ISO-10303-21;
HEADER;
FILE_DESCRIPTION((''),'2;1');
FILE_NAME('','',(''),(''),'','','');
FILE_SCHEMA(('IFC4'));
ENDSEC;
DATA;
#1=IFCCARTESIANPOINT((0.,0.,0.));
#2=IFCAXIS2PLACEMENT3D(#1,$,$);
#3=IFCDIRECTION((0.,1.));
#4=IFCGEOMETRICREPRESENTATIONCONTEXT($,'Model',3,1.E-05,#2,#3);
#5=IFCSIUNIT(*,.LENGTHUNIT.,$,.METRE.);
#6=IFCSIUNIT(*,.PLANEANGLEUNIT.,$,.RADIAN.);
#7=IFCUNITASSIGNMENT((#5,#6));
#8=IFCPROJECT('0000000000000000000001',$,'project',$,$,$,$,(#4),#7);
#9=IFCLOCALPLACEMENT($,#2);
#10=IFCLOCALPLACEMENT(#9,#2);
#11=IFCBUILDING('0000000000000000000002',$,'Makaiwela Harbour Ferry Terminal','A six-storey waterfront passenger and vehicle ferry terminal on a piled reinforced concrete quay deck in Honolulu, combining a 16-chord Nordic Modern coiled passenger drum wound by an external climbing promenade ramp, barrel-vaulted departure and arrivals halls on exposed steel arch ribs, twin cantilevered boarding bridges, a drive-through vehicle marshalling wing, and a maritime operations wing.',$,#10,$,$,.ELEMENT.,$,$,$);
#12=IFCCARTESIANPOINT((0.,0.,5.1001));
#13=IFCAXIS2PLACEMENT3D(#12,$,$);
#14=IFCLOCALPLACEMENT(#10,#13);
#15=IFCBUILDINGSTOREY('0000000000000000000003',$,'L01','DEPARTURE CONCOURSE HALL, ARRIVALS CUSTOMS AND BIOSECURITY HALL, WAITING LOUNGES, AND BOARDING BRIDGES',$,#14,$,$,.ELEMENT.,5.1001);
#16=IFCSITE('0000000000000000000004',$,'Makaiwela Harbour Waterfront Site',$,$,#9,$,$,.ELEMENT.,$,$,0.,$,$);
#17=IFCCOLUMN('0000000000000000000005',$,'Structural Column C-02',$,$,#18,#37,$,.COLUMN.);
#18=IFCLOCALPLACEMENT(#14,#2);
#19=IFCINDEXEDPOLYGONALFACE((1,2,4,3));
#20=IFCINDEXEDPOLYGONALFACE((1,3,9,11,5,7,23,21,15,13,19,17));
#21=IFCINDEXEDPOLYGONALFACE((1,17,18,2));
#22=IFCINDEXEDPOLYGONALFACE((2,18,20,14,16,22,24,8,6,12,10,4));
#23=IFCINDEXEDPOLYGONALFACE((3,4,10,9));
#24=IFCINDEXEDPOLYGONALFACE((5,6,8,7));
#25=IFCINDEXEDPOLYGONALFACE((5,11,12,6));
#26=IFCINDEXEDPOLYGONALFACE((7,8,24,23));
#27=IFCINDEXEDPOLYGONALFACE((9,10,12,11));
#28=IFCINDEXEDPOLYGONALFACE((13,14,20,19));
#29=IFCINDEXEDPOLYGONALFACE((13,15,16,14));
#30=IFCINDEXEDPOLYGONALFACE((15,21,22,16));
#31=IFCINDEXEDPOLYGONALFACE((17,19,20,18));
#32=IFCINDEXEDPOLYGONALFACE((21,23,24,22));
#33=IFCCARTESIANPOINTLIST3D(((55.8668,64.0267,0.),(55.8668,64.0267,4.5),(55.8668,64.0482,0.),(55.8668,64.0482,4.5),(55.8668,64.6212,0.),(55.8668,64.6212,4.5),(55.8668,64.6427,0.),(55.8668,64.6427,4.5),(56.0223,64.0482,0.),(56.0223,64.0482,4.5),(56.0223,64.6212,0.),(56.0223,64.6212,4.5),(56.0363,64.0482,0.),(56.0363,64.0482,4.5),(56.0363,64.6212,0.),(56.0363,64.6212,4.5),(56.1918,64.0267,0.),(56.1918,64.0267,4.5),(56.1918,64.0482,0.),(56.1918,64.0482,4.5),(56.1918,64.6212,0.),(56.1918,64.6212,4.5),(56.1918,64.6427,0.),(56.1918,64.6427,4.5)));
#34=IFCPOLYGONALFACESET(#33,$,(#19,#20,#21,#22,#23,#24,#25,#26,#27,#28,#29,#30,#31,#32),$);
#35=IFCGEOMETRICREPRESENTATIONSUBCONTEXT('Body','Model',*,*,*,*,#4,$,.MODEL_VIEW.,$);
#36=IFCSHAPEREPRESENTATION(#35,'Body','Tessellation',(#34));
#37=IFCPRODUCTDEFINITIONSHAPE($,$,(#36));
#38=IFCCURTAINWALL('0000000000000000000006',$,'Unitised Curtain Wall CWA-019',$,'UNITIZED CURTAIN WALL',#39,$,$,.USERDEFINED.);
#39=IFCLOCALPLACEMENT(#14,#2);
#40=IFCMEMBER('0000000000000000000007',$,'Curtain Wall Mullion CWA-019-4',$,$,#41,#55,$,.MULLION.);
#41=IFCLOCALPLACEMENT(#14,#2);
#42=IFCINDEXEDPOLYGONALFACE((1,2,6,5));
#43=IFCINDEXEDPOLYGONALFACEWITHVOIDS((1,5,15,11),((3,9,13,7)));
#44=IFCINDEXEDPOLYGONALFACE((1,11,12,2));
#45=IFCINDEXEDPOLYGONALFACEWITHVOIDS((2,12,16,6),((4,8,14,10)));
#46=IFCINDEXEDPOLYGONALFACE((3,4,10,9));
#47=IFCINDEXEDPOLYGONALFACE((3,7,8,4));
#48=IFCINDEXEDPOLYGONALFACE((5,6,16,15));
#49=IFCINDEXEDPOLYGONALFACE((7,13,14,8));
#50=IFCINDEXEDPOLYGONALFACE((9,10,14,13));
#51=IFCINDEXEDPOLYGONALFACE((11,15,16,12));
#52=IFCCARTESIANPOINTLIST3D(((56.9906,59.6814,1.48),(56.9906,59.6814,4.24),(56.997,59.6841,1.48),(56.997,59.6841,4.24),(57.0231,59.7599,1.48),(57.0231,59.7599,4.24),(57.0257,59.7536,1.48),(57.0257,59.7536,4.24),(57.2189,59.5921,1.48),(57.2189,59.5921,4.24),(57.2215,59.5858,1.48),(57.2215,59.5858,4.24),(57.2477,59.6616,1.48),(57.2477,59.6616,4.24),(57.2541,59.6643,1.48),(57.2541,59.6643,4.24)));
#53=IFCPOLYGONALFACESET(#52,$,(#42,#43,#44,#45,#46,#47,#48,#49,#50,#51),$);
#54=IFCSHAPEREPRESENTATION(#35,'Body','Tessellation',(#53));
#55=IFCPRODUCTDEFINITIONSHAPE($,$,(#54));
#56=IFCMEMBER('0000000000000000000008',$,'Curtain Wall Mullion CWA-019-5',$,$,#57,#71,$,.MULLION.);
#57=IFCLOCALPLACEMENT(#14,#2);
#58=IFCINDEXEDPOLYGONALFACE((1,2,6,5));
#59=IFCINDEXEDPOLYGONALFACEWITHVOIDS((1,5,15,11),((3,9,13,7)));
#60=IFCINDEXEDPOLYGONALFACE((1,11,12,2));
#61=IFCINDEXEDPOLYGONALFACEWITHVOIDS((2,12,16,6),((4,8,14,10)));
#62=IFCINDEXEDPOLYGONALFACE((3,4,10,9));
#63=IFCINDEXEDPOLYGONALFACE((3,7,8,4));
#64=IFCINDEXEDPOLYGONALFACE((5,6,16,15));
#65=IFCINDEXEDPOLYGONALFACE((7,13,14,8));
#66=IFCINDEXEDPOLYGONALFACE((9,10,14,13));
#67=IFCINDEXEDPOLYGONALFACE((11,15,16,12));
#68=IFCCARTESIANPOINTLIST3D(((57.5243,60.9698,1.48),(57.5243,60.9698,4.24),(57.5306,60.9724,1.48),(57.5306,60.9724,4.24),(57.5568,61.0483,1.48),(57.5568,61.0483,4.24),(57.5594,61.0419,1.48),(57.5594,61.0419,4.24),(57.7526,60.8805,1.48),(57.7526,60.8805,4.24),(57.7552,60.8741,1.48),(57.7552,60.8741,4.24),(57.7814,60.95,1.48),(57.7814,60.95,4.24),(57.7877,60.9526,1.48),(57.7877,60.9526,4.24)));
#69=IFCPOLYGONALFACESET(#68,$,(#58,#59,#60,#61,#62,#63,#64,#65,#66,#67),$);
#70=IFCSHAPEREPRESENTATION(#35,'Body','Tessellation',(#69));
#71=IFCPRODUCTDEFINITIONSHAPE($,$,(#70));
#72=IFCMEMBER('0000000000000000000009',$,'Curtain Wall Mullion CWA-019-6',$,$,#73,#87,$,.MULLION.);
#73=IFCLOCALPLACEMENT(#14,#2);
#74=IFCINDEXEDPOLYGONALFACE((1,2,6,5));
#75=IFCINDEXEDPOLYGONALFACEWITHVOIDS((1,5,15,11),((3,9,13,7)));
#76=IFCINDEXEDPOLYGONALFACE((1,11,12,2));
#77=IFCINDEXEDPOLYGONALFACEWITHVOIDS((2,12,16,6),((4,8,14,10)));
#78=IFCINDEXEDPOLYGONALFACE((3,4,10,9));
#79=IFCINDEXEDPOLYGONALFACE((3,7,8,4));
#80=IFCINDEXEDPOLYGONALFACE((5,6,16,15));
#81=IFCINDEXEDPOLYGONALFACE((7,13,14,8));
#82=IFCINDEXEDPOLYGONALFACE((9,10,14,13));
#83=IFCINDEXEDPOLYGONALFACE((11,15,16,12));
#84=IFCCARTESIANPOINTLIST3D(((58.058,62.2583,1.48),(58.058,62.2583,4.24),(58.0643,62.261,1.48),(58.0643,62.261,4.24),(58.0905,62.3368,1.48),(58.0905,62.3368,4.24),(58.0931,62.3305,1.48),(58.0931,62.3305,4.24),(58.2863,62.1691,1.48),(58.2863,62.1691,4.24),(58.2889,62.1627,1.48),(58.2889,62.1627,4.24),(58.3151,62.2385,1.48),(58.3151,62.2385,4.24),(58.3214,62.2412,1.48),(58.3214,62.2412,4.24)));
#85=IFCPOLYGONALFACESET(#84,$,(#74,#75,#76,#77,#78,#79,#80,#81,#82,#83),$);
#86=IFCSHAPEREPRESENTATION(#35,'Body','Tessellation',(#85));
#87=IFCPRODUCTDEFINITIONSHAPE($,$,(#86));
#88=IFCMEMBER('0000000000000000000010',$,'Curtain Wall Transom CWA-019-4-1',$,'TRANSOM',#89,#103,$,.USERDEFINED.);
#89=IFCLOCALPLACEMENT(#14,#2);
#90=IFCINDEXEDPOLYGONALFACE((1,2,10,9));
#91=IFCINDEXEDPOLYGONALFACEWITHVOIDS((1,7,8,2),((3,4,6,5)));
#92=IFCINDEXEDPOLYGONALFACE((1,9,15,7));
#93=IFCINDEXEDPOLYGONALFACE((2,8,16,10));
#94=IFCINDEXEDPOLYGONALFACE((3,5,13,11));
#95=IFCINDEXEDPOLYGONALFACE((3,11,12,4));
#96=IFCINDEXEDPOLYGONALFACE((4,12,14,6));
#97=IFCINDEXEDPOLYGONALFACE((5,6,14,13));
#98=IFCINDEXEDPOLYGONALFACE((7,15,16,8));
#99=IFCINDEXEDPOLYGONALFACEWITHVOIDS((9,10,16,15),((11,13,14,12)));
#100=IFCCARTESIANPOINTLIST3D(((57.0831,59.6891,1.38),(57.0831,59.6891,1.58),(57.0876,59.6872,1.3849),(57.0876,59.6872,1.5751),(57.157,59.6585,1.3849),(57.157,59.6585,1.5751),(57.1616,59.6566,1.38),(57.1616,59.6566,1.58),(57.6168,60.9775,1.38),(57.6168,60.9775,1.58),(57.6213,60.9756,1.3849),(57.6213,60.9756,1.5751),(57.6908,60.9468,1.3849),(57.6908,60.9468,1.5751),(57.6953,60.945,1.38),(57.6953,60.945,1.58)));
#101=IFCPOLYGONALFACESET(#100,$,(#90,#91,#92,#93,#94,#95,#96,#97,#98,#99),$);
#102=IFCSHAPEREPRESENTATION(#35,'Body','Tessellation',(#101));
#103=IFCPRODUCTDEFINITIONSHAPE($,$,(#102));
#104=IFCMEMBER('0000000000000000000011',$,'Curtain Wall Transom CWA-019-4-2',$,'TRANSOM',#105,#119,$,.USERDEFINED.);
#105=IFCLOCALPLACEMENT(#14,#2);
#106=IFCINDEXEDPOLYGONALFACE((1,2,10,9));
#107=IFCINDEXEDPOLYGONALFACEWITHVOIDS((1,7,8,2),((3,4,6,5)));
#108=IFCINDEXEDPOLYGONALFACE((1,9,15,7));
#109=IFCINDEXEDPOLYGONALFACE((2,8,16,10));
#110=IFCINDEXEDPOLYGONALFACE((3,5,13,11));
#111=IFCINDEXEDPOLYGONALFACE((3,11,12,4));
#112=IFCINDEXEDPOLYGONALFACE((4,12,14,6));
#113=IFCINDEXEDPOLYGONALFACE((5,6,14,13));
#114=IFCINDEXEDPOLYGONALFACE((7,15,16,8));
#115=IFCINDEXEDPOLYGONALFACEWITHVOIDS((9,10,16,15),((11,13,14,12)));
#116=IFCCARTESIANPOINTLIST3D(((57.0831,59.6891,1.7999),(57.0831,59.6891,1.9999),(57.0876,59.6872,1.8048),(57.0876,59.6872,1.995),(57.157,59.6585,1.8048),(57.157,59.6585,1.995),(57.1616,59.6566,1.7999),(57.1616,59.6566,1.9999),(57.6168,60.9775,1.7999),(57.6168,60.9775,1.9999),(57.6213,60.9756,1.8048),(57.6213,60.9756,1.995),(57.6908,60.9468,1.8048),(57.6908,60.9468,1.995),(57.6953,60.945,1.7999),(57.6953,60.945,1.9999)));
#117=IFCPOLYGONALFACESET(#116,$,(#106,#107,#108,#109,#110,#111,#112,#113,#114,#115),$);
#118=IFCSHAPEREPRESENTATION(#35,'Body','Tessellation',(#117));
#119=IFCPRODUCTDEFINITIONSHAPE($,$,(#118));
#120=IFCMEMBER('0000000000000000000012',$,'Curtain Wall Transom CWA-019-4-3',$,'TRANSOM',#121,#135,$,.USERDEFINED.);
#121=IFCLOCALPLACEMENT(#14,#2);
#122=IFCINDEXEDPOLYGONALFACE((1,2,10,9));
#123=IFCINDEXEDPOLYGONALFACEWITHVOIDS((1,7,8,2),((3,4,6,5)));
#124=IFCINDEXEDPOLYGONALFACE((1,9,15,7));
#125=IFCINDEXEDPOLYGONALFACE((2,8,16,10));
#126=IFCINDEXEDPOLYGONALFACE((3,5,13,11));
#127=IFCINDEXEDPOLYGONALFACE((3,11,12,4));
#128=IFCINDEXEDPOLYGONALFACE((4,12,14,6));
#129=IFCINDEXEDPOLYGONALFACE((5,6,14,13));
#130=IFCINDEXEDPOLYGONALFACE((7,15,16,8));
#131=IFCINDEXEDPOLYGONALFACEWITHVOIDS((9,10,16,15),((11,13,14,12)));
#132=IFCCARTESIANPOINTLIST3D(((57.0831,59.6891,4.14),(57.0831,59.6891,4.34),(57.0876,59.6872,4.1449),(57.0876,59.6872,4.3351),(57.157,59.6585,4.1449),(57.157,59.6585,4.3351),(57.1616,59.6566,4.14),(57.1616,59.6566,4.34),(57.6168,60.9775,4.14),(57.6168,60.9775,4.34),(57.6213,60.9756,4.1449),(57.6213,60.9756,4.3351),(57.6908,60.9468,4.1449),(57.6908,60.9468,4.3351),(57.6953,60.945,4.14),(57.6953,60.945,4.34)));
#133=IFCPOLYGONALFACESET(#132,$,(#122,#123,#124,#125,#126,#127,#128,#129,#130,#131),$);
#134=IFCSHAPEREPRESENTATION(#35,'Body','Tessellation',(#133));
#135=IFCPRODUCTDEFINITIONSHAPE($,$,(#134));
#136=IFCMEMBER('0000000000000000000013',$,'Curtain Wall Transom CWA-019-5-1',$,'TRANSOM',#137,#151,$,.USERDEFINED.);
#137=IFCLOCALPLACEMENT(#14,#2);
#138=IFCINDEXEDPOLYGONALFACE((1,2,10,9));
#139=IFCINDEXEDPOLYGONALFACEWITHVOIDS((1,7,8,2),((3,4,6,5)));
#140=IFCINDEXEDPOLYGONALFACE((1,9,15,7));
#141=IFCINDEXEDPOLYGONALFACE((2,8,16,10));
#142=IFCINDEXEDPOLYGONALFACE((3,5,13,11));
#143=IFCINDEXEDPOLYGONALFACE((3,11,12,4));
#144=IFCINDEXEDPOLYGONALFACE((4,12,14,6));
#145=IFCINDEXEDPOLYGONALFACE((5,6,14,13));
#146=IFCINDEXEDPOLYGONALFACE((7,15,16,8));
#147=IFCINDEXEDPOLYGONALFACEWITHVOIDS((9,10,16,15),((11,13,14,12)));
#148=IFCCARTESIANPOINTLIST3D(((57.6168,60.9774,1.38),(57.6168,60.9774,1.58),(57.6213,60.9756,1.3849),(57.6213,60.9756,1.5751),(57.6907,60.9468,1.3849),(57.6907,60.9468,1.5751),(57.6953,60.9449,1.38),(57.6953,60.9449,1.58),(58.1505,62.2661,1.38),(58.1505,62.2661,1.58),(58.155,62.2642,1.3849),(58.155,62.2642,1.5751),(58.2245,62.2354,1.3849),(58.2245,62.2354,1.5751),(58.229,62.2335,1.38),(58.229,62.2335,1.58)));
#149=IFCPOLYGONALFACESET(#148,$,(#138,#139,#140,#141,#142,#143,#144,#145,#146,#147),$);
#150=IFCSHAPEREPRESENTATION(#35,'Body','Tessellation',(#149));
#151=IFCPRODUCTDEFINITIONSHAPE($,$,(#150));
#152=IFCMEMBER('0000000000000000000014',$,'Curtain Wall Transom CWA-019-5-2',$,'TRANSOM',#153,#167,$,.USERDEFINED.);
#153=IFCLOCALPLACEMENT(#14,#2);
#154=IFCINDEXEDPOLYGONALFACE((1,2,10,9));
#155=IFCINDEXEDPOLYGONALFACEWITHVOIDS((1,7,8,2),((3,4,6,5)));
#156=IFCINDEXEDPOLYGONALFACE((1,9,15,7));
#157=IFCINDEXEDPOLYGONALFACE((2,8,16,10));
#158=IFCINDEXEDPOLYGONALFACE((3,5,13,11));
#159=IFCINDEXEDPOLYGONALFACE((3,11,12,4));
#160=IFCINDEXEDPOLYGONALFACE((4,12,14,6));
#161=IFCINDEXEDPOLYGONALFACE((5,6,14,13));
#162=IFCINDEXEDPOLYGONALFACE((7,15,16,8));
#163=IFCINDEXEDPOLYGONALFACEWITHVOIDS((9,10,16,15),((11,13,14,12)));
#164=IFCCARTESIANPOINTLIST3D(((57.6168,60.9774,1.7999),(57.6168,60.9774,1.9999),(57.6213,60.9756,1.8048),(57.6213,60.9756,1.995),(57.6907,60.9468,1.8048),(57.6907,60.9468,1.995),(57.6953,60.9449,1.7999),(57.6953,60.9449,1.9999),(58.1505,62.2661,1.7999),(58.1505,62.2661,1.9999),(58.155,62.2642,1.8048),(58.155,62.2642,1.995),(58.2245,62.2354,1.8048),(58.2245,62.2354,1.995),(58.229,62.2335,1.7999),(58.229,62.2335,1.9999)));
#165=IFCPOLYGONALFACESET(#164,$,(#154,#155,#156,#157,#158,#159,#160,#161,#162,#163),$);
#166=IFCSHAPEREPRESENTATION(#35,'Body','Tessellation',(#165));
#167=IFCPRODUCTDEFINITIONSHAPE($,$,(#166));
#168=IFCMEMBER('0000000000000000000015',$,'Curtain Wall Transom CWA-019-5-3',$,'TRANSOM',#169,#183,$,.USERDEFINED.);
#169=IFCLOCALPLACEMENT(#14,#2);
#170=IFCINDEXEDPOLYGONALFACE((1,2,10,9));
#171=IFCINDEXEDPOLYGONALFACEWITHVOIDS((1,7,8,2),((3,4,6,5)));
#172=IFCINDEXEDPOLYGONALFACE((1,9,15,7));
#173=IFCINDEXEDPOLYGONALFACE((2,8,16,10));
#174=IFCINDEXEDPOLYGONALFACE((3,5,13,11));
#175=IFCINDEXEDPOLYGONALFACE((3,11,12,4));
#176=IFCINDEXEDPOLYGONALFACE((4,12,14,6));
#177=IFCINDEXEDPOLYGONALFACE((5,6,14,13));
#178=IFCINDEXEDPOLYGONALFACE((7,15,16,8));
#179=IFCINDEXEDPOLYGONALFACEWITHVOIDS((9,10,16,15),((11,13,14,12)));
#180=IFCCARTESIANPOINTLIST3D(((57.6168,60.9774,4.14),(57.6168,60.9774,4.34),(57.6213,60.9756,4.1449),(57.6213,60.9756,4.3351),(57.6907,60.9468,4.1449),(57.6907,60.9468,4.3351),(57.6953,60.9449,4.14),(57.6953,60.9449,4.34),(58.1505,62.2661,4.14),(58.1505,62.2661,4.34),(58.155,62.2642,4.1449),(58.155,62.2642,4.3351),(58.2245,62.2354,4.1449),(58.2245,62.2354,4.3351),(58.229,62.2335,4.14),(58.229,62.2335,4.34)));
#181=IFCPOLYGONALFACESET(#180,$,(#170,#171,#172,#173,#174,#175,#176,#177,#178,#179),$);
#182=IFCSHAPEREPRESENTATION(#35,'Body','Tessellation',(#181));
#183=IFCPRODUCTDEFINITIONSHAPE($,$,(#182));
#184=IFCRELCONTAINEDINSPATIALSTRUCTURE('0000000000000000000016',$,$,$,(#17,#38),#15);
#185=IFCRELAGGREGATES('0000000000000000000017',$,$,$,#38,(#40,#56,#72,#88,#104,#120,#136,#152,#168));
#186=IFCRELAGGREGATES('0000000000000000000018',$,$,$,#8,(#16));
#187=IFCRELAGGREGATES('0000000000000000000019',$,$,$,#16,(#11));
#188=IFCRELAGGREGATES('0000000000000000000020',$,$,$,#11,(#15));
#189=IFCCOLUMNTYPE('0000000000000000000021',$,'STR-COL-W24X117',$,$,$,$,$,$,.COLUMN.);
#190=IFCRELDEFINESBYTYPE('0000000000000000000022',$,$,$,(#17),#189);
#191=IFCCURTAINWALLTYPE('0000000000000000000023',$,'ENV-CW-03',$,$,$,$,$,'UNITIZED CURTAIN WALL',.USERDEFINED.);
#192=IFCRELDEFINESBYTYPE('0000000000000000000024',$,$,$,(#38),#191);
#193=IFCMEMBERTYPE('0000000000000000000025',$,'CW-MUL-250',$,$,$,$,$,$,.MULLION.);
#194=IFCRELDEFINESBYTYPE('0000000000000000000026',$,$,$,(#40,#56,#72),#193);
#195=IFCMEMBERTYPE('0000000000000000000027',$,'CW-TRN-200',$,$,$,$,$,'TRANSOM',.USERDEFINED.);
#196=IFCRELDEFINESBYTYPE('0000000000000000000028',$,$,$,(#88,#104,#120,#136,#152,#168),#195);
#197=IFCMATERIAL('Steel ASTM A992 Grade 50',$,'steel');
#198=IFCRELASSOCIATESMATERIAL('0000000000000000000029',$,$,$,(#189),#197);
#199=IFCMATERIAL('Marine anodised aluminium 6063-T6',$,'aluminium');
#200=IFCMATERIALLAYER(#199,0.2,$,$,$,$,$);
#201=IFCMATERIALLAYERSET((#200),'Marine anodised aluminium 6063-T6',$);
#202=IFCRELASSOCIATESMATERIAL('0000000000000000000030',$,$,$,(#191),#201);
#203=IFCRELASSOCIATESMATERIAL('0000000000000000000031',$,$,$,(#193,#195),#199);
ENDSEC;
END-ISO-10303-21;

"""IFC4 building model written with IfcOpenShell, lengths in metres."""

from ifc_helpers import new_model, si_unit, direction, frame, origin, origin_2d, place, context, subcontext, project, spatial, hollow_rectangle, i_section, extrude, material, layer, layer_set, material_profile, profile_set, type_object, element, aggregate, save


model = new_model("IFC4")

# Units and contexts
model_context = context("Model", 3, precision=1e-05, world=origin(), true_north=direction((0.0, 1.0)))
body_context = subcontext(model_context, "Body", "Model", "MODEL_VIEW")
ifc_project = project(units=[si_unit("LENGTHUNIT", "METRE"), si_unit("PLANEANGLEUNIT", "RADIAN")], contexts=[model_context])

# Site, building, storey
site_placement = place(None, origin())
site = spatial("IfcSite", under=ifc_project, at=site_placement, Name="Makaiwela Harbour Waterfront Site", CompositionType="ELEMENT", RefElevation=0.0)
building_placement = place(site_placement, origin())
building = spatial("IfcBuilding", under=site, at=building_placement, Name="Makaiwela Harbour Ferry Terminal", Description="A six-storey waterfront passenger and vehicle ferry terminal on a piled reinforced concrete quay deck in Honolulu, combining a 16-chord Nordic Modern coiled passenger drum wound by an external climbing promenade ramp, barrel-vaulted departure and arrivals halls on exposed steel arch ribs, twin cantilevered boarding bridges, a drive-through vehicle marshalling wing, and a maritime operations wing.", CompositionType="ELEMENT")
storey_placement = place(building_placement, frame((0.0, 0.0, 5.1001)))
storey = spatial("IfcBuildingStorey", under=building, at=storey_placement, Name="L01", Description="DEPARTURE CONCOURSE HALL, ARRIVALS CUSTOMS AND BIOSECURITY HALL, WAITING LOUNGES, AND BOARDING BRIDGES", CompositionType="ELEMENT", Elevation=5.1001)

# Column
ifc_material_1 = material(Name="Steel ASTM A992 Grade 50", Category="steel")
ifc_material_profile_1 = material_profile(ifc_material_1, i_section(OverallWidth=0.325, OverallDepth=0.616, WebThickness=0.0139, FlangeThickness=0.0215, at=origin_2d()), Name="W24X117")
ifc_profile_set_1 = profile_set([ifc_material_profile_1], Name="Steel ASTM A992 Grade 50")
column_type = type_object("IfcColumnType", Name="STR-COL-W24X117", PredefinedType="COLUMN", material=ifc_profile_set_1)
column_placement = place(storey_placement, frame((56.0293, 64.3347, 0.0), z_axis=(0.0, 0.0, 1.0), x_axis=(1.0, 0.0, 0.0)))
element("IfcColumn", 1, at=column_placement, inside=storey, type_object=column_type, Name="Structural Column C-02", PredefinedType="COLUMN", context=body_context, shape_type="SweptSolid", body=[
    extrude(i_section(OverallWidth=0.325, OverallDepth=0.616, WebThickness=0.0139, FlangeThickness=0.0215, at=origin_2d()), origin(), (0.0, 0.0, 1.0), 4.5),
])

# Curtain wall, members
ifc_material_2 = material(Name="Marine anodised aluminium 6063-T6", Category="aluminium")
ifc_layer_1 = layer(ifc_material_2, 0.2)
ifc_layer_set_1 = layer_set([ifc_layer_1], Name="Marine anodised aluminium 6063-T6")
curtain_wall_type = type_object("IfcCurtainWallType", Name="ENV-CW-03", ElementType="UNITIZED CURTAIN WALL", PredefinedType="USERDEFINED", material=ifc_layer_set_1)
curtain_wall_placement = place(storey_placement, origin())
curtain_wall = element("IfcCurtainWall", 2, at=curtain_wall_placement, inside=storey, type_object=curtain_wall_type, Name="Unitised Curtain Wall CWA-019", ObjectType="UNITIZED CURTAIN WALL", PredefinedType="USERDEFINED")
ifc_material_profile_2 = material_profile(ifc_material_2, hollow_rectangle(XDim=0.085, YDim=0.25, WallThickness=0.0049, at=origin_2d()), Name="CWM-250X85")
ifc_profile_set_2 = profile_set([ifc_material_profile_2], Name="Marine anodised aluminium 6063-T6")
member_type_1 = type_object("IfcMemberType", Name="CW-MUL-250", PredefinedType="MULLION", material=ifc_profile_set_2)
member_1_placement = place(storey_placement, frame((57.1223, 59.6729, 1.48), z_axis=(0.0, 0.0, 1.0), x_axis=(0.382683, 0.92388, 0.0)))
member_1 = element("IfcMember", 3, at=member_1_placement, type_object=member_type_1, Name="Curtain Wall Mullion CWA-019-4", PredefinedType="MULLION", context=body_context, shape_type="SweptSolid", body=[
    extrude(hollow_rectangle(XDim=0.085, YDim=0.25, WallThickness=0.0049, at=origin_2d()), origin(), (0.0, 0.0, 1.0), 2.76),
])
member_2_placement = place(storey_placement, frame((57.656, 60.9612, 1.48), z_axis=(0.0, 0.0, 1.0), x_axis=(0.382683, 0.92388, 0.0)))
member_2 = element("IfcMember", 4, at=member_2_placement, type_object=member_type_1, Name="Curtain Wall Mullion CWA-019-5", PredefinedType="MULLION", context=body_context, shape_type="SweptSolid", body=[
    extrude(hollow_rectangle(XDim=0.085, YDim=0.25, WallThickness=0.0049, at=origin_2d()), origin(), (0.0, 0.0, 1.0), 2.76),
])
member_3_placement = place(storey_placement, frame((58.1897, 62.2498, 1.48), z_axis=(0.0, 0.0, 1.0), x_axis=(0.382683, 0.92388, 0.0)))
member_3 = element("IfcMember", 5, at=member_3_placement, type_object=member_type_1, Name="Curtain Wall Mullion CWA-019-6", PredefinedType="MULLION", context=body_context, shape_type="SweptSolid", body=[
    extrude(hollow_rectangle(XDim=0.085, YDim=0.25, WallThickness=0.0049, at=origin_2d()), origin(), (0.0, 0.0, 1.0), 2.76),
])
ifc_material_profile_3 = material_profile(ifc_material_2, hollow_rectangle(XDim=0.085, YDim=0.2, WallThickness=0.0049, at=origin_2d()), Name="CWT-200X85")
ifc_profile_set_3 = profile_set([ifc_material_profile_3], Name="Marine anodised aluminium 6063-T6")
member_type_2 = type_object("IfcMemberType", Name="CW-TRN-200", ElementType="TRANSOM", PredefinedType="USERDEFINED", material=ifc_profile_set_3)
member_4_placement = place(storey_placement, frame((57.1223, 59.6729, 1.48), z_axis=(0.382713, 0.923867, 0.0), x_axis=(-0.923867, 0.382713, 0.0)))
member_4 = element("IfcMember", 6, at=member_4_placement, type_object=member_type_2, Name="Curtain Wall Transom CWA-019-4-1", ObjectType="TRANSOM", PredefinedType="USERDEFINED", context=body_context, shape_type="SweptSolid", body=[
    extrude(hollow_rectangle(XDim=0.085, YDim=0.2, WallThickness=0.0049, at=origin_2d()), origin(), (0.0, 0.0, 1.0), 1.3945),
])
member_5_placement = place(storey_placement, frame((57.1223, 59.6729, 1.8999), z_axis=(0.382713, 0.923867, 0.0), x_axis=(-0.923867, 0.382713, 0.0)))
member_5 = element("IfcMember", 7, at=member_5_placement, type_object=member_type_2, Name="Curtain Wall Transom CWA-019-4-2", ObjectType="TRANSOM", PredefinedType="USERDEFINED", context=body_context, shape_type="SweptSolid", body=[
    extrude(hollow_rectangle(XDim=0.085, YDim=0.2, WallThickness=0.0049, at=origin_2d()), origin(), (0.0, 0.0, 1.0), 1.3945),
])
member_6_placement = place(storey_placement, frame((57.1223, 59.6729, 4.24), z_axis=(0.382713, 0.923867, 0.0), x_axis=(-0.923867, 0.382713, 0.0)))
member_6 = element("IfcMember", 8, at=member_6_placement, type_object=member_type_2, Name="Curtain Wall Transom CWA-019-4-3", ObjectType="TRANSOM", PredefinedType="USERDEFINED", context=body_context, shape_type="SweptSolid", body=[
    extrude(hollow_rectangle(XDim=0.085, YDim=0.2, WallThickness=0.0049, at=origin_2d()), origin(), (0.0, 0.0, 1.0), 1.3945),
])
member_7_placement = place(storey_placement, frame((57.656, 60.9612, 1.48), z_axis=(0.382651, 0.923893, 0.0), x_axis=(-0.923893, 0.382651, 0.0)))
member_7 = element("IfcMember", 9, at=member_7_placement, type_object=member_type_2, Name="Curtain Wall Transom CWA-019-5-1", ObjectType="TRANSOM", PredefinedType="USERDEFINED", context=body_context, shape_type="SweptSolid", body=[
    extrude(hollow_rectangle(XDim=0.085, YDim=0.2, WallThickness=0.0049, at=origin_2d()), origin(), (0.0, 0.0, 1.0), 1.3948),
])
member_8_placement = place(storey_placement, frame((57.656, 60.9612, 1.8999), z_axis=(0.382651, 0.923893, 0.0), x_axis=(-0.923893, 0.382651, 0.0)))
member_8 = element("IfcMember", 10, at=member_8_placement, type_object=member_type_2, Name="Curtain Wall Transom CWA-019-5-2", ObjectType="TRANSOM", PredefinedType="USERDEFINED", context=body_context, shape_type="SweptSolid", body=[
    extrude(hollow_rectangle(XDim=0.085, YDim=0.2, WallThickness=0.0049, at=origin_2d()), origin(), (0.0, 0.0, 1.0), 1.3948),
])
member_9_placement = place(storey_placement, frame((57.656, 60.9612, 4.24), z_axis=(0.382651, 0.923893, 0.0), x_axis=(-0.923893, 0.382651, 0.0)))
member_9 = element("IfcMember", 11, at=member_9_placement, type_object=member_type_2, Name="Curtain Wall Transom CWA-019-5-3", ObjectType="TRANSOM", PredefinedType="USERDEFINED", context=body_context, shape_type="SweptSolid", body=[
    extrude(hollow_rectangle(XDim=0.085, YDim=0.2, WallThickness=0.0049, at=origin_2d()), origin(), (0.0, 0.0, 1.0), 1.3948),
])

aggregate(curtain_wall, [member_1, member_2, member_3, member_4, member_5, member_6, member_7, member_8, member_9])

save(model, "model.ifc")
